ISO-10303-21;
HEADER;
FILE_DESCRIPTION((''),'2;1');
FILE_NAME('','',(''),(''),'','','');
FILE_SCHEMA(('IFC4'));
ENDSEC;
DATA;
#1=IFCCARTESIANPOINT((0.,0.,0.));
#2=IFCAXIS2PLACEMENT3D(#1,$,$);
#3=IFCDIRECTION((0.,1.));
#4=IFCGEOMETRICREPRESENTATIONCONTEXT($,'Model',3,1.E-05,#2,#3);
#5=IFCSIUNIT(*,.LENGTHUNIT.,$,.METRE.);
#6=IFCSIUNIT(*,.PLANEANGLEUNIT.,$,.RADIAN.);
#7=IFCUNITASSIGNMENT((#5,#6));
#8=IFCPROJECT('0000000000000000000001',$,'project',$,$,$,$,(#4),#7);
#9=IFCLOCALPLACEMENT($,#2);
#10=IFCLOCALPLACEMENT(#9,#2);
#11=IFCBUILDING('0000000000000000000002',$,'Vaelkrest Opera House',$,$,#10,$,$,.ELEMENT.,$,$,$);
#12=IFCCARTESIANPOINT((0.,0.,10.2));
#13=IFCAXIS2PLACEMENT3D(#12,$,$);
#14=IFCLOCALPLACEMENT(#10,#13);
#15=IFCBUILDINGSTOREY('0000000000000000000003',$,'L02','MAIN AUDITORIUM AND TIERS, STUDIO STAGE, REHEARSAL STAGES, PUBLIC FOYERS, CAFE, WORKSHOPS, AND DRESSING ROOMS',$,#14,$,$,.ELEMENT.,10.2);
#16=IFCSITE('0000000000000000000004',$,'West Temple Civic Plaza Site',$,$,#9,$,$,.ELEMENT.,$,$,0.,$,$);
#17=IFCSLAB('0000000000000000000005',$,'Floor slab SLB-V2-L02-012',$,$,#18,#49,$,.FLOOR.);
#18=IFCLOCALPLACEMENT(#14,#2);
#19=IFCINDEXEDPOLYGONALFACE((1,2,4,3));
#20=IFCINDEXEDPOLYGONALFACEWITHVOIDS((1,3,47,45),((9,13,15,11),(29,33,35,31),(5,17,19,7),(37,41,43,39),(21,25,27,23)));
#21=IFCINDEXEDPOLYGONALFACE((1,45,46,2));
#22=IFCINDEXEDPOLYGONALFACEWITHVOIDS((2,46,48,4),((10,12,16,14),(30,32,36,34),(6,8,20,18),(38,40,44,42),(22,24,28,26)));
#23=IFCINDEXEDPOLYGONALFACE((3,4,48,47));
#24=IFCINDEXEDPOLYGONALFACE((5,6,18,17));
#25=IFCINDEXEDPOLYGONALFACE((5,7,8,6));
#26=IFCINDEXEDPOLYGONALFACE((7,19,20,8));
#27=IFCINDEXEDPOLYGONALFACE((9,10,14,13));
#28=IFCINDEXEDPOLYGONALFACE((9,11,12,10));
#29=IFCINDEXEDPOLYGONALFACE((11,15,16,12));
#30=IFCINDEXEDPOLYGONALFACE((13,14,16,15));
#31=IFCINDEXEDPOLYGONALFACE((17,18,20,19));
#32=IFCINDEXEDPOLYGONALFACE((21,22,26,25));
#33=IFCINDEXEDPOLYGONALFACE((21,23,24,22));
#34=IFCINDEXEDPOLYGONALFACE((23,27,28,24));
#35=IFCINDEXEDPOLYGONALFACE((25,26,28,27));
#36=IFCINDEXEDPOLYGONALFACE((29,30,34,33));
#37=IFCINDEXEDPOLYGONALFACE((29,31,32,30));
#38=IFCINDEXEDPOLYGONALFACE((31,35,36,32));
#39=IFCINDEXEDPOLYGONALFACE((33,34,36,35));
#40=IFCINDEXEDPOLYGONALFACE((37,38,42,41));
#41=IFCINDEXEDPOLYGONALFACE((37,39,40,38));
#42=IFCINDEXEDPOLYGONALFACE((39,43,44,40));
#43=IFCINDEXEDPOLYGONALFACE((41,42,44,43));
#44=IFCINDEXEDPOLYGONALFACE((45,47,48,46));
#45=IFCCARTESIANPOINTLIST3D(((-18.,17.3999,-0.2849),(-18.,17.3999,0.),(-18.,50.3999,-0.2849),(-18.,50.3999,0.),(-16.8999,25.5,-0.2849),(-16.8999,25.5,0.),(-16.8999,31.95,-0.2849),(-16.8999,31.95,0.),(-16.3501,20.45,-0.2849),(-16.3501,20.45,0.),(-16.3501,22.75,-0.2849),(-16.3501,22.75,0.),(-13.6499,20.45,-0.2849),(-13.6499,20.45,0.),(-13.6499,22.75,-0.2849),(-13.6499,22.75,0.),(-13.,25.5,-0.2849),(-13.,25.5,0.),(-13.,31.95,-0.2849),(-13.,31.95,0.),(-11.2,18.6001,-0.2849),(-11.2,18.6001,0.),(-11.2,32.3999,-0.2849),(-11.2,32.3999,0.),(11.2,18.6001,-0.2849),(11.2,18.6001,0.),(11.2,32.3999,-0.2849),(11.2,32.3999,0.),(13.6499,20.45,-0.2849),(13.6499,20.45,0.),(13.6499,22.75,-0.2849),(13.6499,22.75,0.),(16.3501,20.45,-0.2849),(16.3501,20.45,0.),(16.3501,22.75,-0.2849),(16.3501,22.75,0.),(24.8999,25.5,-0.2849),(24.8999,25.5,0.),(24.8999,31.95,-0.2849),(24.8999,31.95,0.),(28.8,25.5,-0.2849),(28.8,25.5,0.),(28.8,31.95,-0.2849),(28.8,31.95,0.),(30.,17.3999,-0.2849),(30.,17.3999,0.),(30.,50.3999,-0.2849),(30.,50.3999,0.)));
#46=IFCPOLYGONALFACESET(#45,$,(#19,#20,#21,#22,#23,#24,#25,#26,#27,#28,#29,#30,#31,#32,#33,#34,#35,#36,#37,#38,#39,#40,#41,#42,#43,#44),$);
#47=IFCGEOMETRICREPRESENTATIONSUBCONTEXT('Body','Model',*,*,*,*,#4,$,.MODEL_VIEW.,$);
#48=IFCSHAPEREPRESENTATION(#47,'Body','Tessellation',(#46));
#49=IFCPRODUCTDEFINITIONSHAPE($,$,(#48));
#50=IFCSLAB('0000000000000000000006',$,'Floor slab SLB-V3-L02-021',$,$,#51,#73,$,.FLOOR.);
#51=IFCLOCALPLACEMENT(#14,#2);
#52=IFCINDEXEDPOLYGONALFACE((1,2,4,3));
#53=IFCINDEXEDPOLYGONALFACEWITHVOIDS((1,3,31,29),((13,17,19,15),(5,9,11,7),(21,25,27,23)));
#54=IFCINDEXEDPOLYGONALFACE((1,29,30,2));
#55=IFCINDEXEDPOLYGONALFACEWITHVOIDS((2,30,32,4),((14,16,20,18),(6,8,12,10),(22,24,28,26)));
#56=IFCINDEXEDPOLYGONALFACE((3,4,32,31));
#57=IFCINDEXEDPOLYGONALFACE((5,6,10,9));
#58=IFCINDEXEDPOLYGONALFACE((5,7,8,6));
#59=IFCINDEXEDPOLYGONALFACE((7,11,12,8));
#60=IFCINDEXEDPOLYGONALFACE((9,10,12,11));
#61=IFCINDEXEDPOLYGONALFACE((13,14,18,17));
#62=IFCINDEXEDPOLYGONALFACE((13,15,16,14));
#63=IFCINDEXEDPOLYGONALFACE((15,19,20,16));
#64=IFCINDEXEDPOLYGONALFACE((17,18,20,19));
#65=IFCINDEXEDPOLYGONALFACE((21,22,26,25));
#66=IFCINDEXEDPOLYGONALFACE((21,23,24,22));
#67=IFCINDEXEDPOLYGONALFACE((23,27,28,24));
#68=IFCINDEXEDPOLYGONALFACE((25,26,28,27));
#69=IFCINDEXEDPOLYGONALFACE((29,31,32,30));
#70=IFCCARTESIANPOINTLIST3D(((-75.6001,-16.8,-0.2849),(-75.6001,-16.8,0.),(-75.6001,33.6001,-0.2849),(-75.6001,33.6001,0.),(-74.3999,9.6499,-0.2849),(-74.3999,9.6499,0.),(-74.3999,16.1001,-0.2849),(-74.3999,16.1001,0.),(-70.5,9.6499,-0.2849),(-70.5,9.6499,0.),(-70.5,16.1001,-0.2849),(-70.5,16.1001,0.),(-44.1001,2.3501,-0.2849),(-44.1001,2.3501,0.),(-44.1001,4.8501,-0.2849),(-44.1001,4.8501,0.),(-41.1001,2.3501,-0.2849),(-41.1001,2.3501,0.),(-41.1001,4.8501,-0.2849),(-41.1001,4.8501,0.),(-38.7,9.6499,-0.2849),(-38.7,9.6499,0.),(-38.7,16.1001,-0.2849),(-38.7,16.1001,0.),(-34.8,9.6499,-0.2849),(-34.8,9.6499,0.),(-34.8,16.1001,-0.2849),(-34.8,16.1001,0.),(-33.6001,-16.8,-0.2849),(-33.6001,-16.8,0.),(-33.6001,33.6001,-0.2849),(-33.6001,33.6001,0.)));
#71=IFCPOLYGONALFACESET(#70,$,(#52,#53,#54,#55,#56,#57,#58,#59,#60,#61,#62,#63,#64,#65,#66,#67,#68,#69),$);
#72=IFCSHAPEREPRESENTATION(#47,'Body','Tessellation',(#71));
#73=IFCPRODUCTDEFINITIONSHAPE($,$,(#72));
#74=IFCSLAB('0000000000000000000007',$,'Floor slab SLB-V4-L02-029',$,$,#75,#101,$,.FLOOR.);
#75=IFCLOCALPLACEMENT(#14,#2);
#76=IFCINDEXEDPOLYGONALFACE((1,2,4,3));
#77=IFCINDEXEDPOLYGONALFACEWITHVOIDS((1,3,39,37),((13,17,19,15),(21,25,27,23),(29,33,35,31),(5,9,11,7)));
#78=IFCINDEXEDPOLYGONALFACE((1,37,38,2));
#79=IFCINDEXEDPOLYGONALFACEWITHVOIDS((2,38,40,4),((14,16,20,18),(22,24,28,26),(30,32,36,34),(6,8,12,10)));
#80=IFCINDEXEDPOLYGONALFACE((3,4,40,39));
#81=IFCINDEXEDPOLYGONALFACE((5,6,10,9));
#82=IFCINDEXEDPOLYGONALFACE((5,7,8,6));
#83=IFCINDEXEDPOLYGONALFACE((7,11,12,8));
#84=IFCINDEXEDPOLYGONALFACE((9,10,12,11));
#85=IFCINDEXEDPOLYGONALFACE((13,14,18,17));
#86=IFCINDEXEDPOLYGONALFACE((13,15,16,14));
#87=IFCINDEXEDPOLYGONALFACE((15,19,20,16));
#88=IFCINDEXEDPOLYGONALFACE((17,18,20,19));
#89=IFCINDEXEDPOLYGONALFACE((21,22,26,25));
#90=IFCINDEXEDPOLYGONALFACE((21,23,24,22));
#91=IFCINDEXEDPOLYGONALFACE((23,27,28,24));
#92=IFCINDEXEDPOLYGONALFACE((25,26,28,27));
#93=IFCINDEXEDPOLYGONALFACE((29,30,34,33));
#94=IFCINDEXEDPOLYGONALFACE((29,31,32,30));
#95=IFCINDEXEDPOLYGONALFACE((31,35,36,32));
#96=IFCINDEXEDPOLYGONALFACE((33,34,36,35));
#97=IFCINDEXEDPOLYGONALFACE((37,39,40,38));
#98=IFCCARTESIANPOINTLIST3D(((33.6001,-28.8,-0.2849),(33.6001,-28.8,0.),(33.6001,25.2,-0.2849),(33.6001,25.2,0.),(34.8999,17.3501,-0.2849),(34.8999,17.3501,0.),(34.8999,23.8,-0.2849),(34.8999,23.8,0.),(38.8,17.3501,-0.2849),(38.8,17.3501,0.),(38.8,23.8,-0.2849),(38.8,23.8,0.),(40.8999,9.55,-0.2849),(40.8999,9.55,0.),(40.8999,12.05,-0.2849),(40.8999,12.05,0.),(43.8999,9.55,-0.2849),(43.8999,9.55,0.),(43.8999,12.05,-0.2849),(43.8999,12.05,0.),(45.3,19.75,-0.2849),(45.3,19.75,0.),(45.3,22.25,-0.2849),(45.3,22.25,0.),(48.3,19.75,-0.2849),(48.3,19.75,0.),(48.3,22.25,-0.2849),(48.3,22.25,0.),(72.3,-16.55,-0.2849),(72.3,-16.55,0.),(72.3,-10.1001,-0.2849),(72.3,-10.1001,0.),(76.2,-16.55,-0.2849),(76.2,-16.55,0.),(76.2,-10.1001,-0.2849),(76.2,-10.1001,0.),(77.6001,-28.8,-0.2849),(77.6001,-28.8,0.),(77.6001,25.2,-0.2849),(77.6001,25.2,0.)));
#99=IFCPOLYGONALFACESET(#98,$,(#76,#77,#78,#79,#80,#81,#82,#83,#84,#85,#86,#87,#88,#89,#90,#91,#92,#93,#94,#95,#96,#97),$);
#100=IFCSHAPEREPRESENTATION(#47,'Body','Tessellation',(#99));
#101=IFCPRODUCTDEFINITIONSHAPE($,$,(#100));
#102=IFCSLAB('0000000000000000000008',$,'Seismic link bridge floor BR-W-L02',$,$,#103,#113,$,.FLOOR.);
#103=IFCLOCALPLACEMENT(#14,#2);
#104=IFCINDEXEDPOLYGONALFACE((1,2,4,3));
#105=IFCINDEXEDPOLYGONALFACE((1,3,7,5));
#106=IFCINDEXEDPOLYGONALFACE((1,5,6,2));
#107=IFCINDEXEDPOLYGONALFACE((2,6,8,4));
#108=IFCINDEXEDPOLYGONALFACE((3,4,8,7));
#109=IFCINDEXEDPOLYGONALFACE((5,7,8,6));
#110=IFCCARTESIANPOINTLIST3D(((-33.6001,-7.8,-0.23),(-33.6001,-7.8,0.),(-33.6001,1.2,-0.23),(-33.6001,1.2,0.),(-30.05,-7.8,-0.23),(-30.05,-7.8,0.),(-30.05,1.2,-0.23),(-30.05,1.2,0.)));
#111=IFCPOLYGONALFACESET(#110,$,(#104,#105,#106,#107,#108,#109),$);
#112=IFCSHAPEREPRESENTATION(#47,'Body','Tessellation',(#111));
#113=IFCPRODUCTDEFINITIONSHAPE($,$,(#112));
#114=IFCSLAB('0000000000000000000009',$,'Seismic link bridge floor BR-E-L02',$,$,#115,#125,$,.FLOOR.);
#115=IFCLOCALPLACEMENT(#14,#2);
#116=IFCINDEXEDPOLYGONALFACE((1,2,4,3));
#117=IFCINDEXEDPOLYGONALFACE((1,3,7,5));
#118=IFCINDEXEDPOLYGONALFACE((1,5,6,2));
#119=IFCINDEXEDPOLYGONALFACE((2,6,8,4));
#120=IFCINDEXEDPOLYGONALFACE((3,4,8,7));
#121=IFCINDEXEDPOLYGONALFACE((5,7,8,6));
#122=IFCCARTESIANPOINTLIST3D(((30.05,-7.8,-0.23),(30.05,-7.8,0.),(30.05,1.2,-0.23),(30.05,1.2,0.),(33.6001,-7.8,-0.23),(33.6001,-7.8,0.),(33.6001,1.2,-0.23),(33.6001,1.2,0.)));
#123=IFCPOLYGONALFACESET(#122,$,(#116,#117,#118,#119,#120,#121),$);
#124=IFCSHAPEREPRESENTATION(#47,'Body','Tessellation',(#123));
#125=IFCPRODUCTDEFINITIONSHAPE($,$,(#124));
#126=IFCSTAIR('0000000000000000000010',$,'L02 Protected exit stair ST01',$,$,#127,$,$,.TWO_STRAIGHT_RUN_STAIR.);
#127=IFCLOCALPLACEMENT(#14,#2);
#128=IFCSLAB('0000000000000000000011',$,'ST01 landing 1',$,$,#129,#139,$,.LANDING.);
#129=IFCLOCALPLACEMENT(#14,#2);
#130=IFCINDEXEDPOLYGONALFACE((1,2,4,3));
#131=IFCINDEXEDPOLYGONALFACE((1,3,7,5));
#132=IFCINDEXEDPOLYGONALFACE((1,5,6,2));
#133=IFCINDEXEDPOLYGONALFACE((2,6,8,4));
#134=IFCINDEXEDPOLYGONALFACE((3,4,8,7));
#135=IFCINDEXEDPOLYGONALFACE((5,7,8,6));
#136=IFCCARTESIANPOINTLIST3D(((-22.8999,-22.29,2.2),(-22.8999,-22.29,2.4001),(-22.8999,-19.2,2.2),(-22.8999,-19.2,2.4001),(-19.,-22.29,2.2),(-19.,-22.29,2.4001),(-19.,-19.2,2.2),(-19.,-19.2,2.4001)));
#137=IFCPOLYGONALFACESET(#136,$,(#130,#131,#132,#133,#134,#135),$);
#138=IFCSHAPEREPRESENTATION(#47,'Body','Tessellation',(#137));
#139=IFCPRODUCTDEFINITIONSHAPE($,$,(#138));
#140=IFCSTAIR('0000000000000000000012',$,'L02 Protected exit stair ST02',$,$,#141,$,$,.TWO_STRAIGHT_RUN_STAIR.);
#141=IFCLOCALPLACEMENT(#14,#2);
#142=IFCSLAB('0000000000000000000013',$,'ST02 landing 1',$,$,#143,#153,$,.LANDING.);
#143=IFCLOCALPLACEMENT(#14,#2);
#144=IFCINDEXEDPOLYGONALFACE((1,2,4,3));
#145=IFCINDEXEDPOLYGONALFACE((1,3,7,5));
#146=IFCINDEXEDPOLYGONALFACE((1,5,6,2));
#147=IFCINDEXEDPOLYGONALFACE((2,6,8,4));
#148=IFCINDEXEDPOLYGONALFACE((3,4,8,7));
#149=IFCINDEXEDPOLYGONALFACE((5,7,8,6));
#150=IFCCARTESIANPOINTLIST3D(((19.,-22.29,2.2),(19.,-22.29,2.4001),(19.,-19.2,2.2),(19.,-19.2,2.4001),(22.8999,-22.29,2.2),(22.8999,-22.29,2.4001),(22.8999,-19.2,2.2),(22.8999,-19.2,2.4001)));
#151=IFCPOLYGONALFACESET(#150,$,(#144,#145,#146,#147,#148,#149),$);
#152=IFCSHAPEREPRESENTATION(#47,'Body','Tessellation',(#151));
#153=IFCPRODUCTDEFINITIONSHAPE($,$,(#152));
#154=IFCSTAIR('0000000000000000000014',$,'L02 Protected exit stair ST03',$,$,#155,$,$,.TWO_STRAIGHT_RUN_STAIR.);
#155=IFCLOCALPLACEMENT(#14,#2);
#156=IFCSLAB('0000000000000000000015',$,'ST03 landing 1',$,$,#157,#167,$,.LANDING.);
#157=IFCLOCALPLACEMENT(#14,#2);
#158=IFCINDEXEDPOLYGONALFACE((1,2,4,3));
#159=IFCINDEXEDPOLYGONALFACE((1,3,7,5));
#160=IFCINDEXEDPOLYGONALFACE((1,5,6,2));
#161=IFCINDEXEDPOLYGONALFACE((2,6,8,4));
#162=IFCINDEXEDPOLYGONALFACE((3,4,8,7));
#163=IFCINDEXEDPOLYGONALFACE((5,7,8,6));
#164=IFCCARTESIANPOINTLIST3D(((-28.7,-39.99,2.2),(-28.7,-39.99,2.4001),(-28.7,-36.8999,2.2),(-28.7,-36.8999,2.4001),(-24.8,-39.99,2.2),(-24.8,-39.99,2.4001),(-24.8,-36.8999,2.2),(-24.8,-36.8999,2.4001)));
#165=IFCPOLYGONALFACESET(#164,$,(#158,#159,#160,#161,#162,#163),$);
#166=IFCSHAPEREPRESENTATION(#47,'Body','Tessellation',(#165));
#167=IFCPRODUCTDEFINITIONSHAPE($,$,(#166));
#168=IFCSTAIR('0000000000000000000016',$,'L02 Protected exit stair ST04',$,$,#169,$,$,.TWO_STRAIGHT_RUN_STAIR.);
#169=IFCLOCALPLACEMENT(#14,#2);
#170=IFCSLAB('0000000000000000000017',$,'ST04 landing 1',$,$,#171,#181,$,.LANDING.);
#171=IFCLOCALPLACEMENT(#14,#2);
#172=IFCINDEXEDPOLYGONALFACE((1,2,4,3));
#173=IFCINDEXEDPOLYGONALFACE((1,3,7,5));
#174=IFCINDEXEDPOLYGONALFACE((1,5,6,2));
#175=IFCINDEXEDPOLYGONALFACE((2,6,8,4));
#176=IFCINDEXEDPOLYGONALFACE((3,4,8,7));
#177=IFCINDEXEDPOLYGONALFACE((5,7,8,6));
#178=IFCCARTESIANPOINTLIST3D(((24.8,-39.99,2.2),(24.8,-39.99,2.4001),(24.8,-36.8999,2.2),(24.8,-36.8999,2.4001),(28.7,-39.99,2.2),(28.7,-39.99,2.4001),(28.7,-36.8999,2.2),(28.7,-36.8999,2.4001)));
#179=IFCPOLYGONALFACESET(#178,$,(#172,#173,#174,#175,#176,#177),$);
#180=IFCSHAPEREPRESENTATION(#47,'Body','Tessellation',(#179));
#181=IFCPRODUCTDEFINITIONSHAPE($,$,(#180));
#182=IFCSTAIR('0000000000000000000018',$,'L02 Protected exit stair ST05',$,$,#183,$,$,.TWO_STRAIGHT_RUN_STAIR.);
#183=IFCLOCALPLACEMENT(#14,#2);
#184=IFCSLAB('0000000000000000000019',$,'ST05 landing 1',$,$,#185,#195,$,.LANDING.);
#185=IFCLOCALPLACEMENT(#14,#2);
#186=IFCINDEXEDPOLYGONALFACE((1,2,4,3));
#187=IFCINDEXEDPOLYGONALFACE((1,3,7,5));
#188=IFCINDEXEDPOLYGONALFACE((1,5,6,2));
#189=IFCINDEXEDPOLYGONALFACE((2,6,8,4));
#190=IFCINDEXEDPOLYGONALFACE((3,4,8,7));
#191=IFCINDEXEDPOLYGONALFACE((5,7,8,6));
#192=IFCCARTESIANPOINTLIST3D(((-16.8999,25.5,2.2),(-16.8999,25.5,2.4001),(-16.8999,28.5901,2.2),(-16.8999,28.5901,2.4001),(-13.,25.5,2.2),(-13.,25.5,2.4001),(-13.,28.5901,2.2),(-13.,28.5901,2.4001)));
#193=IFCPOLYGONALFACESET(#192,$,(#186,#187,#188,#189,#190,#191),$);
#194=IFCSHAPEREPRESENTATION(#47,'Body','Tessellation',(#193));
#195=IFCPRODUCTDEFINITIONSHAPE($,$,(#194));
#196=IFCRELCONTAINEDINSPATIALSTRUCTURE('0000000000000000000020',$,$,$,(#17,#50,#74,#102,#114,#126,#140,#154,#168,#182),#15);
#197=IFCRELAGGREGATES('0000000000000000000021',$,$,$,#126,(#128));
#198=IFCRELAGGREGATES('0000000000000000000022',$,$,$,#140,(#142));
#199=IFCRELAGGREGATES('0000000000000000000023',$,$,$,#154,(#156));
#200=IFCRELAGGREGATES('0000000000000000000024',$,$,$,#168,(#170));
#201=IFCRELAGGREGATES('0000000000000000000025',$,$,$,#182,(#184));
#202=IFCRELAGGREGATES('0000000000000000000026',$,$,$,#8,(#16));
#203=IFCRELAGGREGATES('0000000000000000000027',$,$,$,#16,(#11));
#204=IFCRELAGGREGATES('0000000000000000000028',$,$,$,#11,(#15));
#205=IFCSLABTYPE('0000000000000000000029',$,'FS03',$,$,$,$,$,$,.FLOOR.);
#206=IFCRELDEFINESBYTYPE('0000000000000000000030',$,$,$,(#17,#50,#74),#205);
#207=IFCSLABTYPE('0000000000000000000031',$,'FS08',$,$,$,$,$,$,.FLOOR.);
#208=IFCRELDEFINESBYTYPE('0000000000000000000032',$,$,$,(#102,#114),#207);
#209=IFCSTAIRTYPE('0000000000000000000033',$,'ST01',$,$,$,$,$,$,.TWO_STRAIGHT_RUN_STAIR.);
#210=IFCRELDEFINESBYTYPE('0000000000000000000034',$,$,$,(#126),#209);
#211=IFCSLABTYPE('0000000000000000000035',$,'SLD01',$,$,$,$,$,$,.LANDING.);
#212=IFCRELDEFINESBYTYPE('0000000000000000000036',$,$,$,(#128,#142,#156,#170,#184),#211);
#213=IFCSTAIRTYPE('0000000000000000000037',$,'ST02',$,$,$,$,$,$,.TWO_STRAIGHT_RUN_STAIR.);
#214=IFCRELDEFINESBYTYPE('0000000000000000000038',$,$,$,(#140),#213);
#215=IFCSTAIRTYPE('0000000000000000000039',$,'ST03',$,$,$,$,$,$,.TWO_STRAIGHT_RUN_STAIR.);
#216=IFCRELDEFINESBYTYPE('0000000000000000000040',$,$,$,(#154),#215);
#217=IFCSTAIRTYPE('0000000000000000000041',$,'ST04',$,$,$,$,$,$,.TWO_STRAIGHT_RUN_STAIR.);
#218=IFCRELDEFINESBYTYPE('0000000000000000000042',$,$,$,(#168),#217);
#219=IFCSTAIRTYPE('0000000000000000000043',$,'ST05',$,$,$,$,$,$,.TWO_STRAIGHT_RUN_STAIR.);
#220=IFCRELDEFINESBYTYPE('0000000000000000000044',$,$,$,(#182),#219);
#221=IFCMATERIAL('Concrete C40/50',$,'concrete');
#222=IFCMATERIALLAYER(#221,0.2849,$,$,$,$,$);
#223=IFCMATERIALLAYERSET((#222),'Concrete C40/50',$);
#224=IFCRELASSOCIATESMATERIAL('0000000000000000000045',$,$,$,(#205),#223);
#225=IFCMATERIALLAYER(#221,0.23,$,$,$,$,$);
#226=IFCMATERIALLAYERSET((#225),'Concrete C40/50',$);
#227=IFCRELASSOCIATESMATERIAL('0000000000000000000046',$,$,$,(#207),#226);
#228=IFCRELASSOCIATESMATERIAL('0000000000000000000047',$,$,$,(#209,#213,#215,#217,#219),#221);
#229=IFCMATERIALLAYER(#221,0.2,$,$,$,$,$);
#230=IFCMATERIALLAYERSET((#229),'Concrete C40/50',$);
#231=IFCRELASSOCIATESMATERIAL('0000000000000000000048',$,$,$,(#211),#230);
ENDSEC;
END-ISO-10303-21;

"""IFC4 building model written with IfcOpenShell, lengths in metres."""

from ifc_helpers import new_model, si_unit, direction, frame, origin, place, context, subcontext, project, spatial, polyline, outline, extrude, material, layer, layer_set, type_object, element, aggregate, save


model = new_model("IFC4")

# Units and contexts
model_context = context("Model", 3, precision=1e-05, world=origin(), true_north=direction((0.0, 1.0)))
body_context = subcontext(model_context, "Body", "Model", "MODEL_VIEW")
ifc_project = project(units=[si_unit("LENGTHUNIT", "METRE"), si_unit("PLANEANGLEUNIT", "RADIAN")], contexts=[model_context])

# Site, building, storey
site_placement = place(None, origin())
site = spatial("IfcSite", under=ifc_project, at=site_placement, Name="West Temple Civic Plaza Site", CompositionType="ELEMENT", RefElevation=0.0)
building_placement = place(site_placement, origin())
building = spatial("IfcBuilding", under=site, at=building_placement, Name="Vaelkrest Opera House", CompositionType="ELEMENT")
storey_placement = place(building_placement, frame((0.0, 0.0, 10.2)))
storey = spatial("IfcBuildingStorey", under=building, at=storey_placement, Name="L02", Description="MAIN AUDITORIUM AND TIERS, STUDIO STAGE, REHEARSAL STAGES, PUBLIC FOYERS, CAFE, WORKSHOPS, AND DRESSING ROOMS", CompositionType="ELEMENT", Elevation=10.2)

# Slabs
ifc_material_1 = material(Name="Concrete C40/50", Category="concrete")
ifc_layer_1 = layer(ifc_material_1, 0.2849)
ifc_layer_set_1 = layer_set([ifc_layer_1], Name="Concrete C40/50")
slab_type_1 = type_object("IfcSlabType", Name="FS03", PredefinedType="FLOOR", material=ifc_layer_set_1)
slab_1_placement = place(storey_placement, frame((0.0, 0.0, -0.2849)))
element("IfcSlab", 1, at=slab_1_placement, inside=storey, type_object=slab_type_1, Name="Floor slab SLB-V2-L02-012", PredefinedType="FLOOR", context=body_context, shape_type="SweptSolid", body=[
    extrude(outline(polyline([(-18.0, 17.3999), (30.0, 17.3999), (30.0, 50.3999), (-18.0, 50.3999), (-18.0, 17.3999)]), holes=[polyline([(-11.2, 18.6001), (11.2, 18.6001), (11.2, 32.3999), (-11.2, 32.3999), (-11.2, 18.6001)]), polyline([(-16.8999, 31.95), (-16.8999, 25.5), (-13.0, 25.5), (-13.0, 31.95), (-16.8999, 31.95)]), polyline([(24.8999, 31.95), (24.8999, 25.5), (28.8, 25.5), (28.8, 31.95), (24.8999, 31.95)]), polyline([(-16.3501, 20.45), (-13.6499, 20.45), (-13.6499, 22.75), (-16.3501, 22.75), (-16.3501, 20.45)]), polyline([(13.6499, 20.45), (16.3501, 20.45), (16.3501, 22.75), (13.6499, 22.75), (13.6499, 20.45)])]), origin(), (0.0, 0.0, 1.0), 0.2849),
])
slab_2_placement = place(storey_placement, frame((0.0, 0.0, -0.2849)))
element("IfcSlab", 2, at=slab_2_placement, inside=storey, type_object=slab_type_1, Name="Floor slab SLB-V3-L02-021", PredefinedType="FLOOR", context=body_context, shape_type="SweptSolid", body=[
    extrude(outline(polyline([(-75.6001, -16.8), (-33.6001, -16.8), (-33.6001, 33.6001), (-75.6001, 33.6001), (-75.6001, -16.8)]), holes=[polyline([(-70.5, 9.6499), (-70.5, 16.1001), (-74.3999, 16.1001), (-74.3999, 9.6499), (-70.5, 9.6499)]), polyline([(-34.8, 9.6499), (-34.8, 16.1001), (-38.7, 16.1001), (-38.7, 9.6499), (-34.8, 9.6499)]), polyline([(-44.1001, 2.3501), (-41.1001, 2.3501), (-41.1001, 4.8501), (-44.1001, 4.8501), (-44.1001, 2.3501)])]), origin(), (0.0, 0.0, 1.0), 0.2849),
])
slab_3_placement = place(storey_placement, frame((0.0, 0.0, -0.2849)))
element("IfcSlab", 3, at=slab_3_placement, inside=storey, type_object=slab_type_1, Name="Floor slab SLB-V4-L02-029", PredefinedType="FLOOR", context=body_context, shape_type="SweptSolid", body=[
    extrude(outline(polyline([(33.6001, -28.8), (77.6001, -28.8), (77.6001, 25.2), (33.6001, 25.2), (33.6001, -28.8)]), holes=[polyline([(38.8, 17.3501), (38.8, 23.8), (34.8999, 23.8), (34.8999, 17.3501), (38.8, 17.3501)]), polyline([(76.2, -16.55), (76.2, -10.1001), (72.3, -10.1001), (72.3, -16.55), (76.2, -16.55)]), polyline([(40.8999, 9.55), (43.8999, 9.55), (43.8999, 12.05), (40.8999, 12.05), (40.8999, 9.55)]), polyline([(45.3, 19.75), (48.3, 19.75), (48.3, 22.25), (45.3, 22.25), (45.3, 19.75)])]), origin(), (0.0, 0.0, 1.0), 0.2849),
])
ifc_layer_2 = layer(ifc_material_1, 0.23)
ifc_layer_set_2 = layer_set([ifc_layer_2], Name="Concrete C40/50")
slab_type_2 = type_object("IfcSlabType", Name="FS08", PredefinedType="FLOOR", material=ifc_layer_set_2)
slab_4_placement = place(storey_placement, frame((0.0, 0.0, -0.23)))
element("IfcSlab", 4, at=slab_4_placement, inside=storey, type_object=slab_type_2, Name="Seismic link bridge floor BR-W-L02", PredefinedType="FLOOR", context=body_context, shape_type="SweptSolid", body=[
    extrude(outline(polyline([(-33.6001, -7.8), (-30.05, -7.8), (-30.05, 1.2), (-33.6001, 1.2), (-33.6001, -7.8)])), origin(), (0.0, 0.0, 1.0), 0.23),
])
slab_5_placement = place(storey_placement, frame((0.0, 0.0, -0.23)))
element("IfcSlab", 5, at=slab_5_placement, inside=storey, type_object=slab_type_2, Name="Seismic link bridge floor BR-E-L02", PredefinedType="FLOOR", context=body_context, shape_type="SweptSolid", body=[
    extrude(outline(polyline([(30.05, -7.8), (33.6001, -7.8), (33.6001, 1.2), (30.05, 1.2), (30.05, -7.8)])), origin(), (0.0, 0.0, 1.0), 0.23),
])

# Stairs, slabs
stair_type_1 = type_object("IfcStairType", Name="ST01", PredefinedType="TWO_STRAIGHT_RUN_STAIR", material=ifc_material_1)
stair_1_placement = place(storey_placement, origin())
stair_1 = element("IfcStair", 6, at=stair_1_placement, inside=storey, type_object=stair_type_1, Name="L02 Protected exit stair ST01", PredefinedType="TWO_STRAIGHT_RUN_STAIR")
ifc_layer_3 = layer(ifc_material_1, 0.2)
ifc_layer_set_3 = layer_set([ifc_layer_3], Name="Concrete C40/50")
slab_type_3 = type_object("IfcSlabType", Name="SLD01", PredefinedType="LANDING", material=ifc_layer_set_3)
slab_6_placement = place(storey_placement, frame((0.0, 0.0, 2.2)))
slab_6 = element("IfcSlab", 7, at=slab_6_placement, type_object=slab_type_3, Name="ST01 landing 1", PredefinedType="LANDING", context=body_context, shape_type="SweptSolid", body=[
    extrude(outline(polyline([(-19.0, -22.29), (-19.0, -19.2), (-22.8999, -19.2), (-22.8999, -22.29), (-19.0, -22.29)])), origin(), (0.0, 0.0, 1.0), 0.2002),
])
aggregate(stair_1, [slab_6])
stair_type_2 = type_object("IfcStairType", Name="ST02", PredefinedType="TWO_STRAIGHT_RUN_STAIR", material=ifc_material_1)
stair_2_placement = place(storey_placement, origin())
stair_2 = element("IfcStair", 8, at=stair_2_placement, inside=storey, type_object=stair_type_2, Name="L02 Protected exit stair ST02", PredefinedType="TWO_STRAIGHT_RUN_STAIR")
slab_7_placement = place(storey_placement, frame((0.0, 0.0, 2.2)))
slab_7 = element("IfcSlab", 9, at=slab_7_placement, type_object=slab_type_3, Name="ST02 landing 1", PredefinedType="LANDING", context=body_context, shape_type="SweptSolid", body=[
    extrude(outline(polyline([(22.8999, -22.29), (22.8999, -19.2), (19.0, -19.2), (19.0, -22.29), (22.8999, -22.29)])), origin(), (0.0, 0.0, 1.0), 0.2002),
])
aggregate(stair_2, [slab_7])
stair_type_3 = type_object("IfcStairType", Name="ST03", PredefinedType="TWO_STRAIGHT_RUN_STAIR", material=ifc_material_1)
stair_3_placement = place(storey_placement, origin())
stair_3 = element("IfcStair", 10, at=stair_3_placement, inside=storey, type_object=stair_type_3, Name="L02 Protected exit stair ST03", PredefinedType="TWO_STRAIGHT_RUN_STAIR")
slab_8_placement = place(storey_placement, frame((0.0, 0.0, 2.2)))
slab_8 = element("IfcSlab", 11, at=slab_8_placement, type_object=slab_type_3, Name="ST03 landing 1", PredefinedType="LANDING", context=body_context, shape_type="SweptSolid", body=[
    extrude(outline(polyline([(-24.8, -39.99), (-24.8, -36.8999), (-28.7, -36.8999), (-28.7, -39.99), (-24.8, -39.99)])), origin(), (0.0, 0.0, 1.0), 0.2002),
])
aggregate(stair_3, [slab_8])
stair_type_4 = type_object("IfcStairType", Name="ST04", PredefinedType="TWO_STRAIGHT_RUN_STAIR", material=ifc_material_1)
stair_4_placement = place(storey_placement, origin())
stair_4 = element("IfcStair", 12, at=stair_4_placement, inside=storey, type_object=stair_type_4, Name="L02 Protected exit stair ST04", PredefinedType="TWO_STRAIGHT_RUN_STAIR")
slab_9_placement = place(storey_placement, frame((0.0, 0.0, 2.2)))
slab_9 = element("IfcSlab", 13, at=slab_9_placement, type_object=slab_type_3, Name="ST04 landing 1", PredefinedType="LANDING", context=body_context, shape_type="SweptSolid", body=[
    extrude(outline(polyline([(28.7, -39.99), (28.7, -36.8999), (24.8, -36.8999), (24.8, -39.99), (28.7, -39.99)])), origin(), (0.0, 0.0, 1.0), 0.2002),
])
aggregate(stair_4, [slab_9])
stair_type_5 = type_object("IfcStairType", Name="ST05", PredefinedType="TWO_STRAIGHT_RUN_STAIR", material=ifc_material_1)
stair_5_placement = place(storey_placement, origin())
stair_5 = element("IfcStair", 14, at=stair_5_placement, inside=storey, type_object=stair_type_5, Name="L02 Protected exit stair ST05", PredefinedType="TWO_STRAIGHT_RUN_STAIR")
slab_10_placement = place(storey_placement, frame((0.0, 0.0, 2.2)))
slab_10 = element("IfcSlab", 15, at=slab_10_placement, type_object=slab_type_3, Name="ST05 landing 1", PredefinedType="LANDING", context=body_context, shape_type="SweptSolid", body=[
    extrude(outline(polyline([(-16.8999, 28.5901), (-16.8999, 25.5), (-13.0, 25.5), (-13.0, 28.5901), (-16.8999, 28.5901)])), origin(), (0.0, 0.0, 1.0), 0.2002),
])
aggregate(stair_5, [slab_10])

save(model, "model.ifc")
